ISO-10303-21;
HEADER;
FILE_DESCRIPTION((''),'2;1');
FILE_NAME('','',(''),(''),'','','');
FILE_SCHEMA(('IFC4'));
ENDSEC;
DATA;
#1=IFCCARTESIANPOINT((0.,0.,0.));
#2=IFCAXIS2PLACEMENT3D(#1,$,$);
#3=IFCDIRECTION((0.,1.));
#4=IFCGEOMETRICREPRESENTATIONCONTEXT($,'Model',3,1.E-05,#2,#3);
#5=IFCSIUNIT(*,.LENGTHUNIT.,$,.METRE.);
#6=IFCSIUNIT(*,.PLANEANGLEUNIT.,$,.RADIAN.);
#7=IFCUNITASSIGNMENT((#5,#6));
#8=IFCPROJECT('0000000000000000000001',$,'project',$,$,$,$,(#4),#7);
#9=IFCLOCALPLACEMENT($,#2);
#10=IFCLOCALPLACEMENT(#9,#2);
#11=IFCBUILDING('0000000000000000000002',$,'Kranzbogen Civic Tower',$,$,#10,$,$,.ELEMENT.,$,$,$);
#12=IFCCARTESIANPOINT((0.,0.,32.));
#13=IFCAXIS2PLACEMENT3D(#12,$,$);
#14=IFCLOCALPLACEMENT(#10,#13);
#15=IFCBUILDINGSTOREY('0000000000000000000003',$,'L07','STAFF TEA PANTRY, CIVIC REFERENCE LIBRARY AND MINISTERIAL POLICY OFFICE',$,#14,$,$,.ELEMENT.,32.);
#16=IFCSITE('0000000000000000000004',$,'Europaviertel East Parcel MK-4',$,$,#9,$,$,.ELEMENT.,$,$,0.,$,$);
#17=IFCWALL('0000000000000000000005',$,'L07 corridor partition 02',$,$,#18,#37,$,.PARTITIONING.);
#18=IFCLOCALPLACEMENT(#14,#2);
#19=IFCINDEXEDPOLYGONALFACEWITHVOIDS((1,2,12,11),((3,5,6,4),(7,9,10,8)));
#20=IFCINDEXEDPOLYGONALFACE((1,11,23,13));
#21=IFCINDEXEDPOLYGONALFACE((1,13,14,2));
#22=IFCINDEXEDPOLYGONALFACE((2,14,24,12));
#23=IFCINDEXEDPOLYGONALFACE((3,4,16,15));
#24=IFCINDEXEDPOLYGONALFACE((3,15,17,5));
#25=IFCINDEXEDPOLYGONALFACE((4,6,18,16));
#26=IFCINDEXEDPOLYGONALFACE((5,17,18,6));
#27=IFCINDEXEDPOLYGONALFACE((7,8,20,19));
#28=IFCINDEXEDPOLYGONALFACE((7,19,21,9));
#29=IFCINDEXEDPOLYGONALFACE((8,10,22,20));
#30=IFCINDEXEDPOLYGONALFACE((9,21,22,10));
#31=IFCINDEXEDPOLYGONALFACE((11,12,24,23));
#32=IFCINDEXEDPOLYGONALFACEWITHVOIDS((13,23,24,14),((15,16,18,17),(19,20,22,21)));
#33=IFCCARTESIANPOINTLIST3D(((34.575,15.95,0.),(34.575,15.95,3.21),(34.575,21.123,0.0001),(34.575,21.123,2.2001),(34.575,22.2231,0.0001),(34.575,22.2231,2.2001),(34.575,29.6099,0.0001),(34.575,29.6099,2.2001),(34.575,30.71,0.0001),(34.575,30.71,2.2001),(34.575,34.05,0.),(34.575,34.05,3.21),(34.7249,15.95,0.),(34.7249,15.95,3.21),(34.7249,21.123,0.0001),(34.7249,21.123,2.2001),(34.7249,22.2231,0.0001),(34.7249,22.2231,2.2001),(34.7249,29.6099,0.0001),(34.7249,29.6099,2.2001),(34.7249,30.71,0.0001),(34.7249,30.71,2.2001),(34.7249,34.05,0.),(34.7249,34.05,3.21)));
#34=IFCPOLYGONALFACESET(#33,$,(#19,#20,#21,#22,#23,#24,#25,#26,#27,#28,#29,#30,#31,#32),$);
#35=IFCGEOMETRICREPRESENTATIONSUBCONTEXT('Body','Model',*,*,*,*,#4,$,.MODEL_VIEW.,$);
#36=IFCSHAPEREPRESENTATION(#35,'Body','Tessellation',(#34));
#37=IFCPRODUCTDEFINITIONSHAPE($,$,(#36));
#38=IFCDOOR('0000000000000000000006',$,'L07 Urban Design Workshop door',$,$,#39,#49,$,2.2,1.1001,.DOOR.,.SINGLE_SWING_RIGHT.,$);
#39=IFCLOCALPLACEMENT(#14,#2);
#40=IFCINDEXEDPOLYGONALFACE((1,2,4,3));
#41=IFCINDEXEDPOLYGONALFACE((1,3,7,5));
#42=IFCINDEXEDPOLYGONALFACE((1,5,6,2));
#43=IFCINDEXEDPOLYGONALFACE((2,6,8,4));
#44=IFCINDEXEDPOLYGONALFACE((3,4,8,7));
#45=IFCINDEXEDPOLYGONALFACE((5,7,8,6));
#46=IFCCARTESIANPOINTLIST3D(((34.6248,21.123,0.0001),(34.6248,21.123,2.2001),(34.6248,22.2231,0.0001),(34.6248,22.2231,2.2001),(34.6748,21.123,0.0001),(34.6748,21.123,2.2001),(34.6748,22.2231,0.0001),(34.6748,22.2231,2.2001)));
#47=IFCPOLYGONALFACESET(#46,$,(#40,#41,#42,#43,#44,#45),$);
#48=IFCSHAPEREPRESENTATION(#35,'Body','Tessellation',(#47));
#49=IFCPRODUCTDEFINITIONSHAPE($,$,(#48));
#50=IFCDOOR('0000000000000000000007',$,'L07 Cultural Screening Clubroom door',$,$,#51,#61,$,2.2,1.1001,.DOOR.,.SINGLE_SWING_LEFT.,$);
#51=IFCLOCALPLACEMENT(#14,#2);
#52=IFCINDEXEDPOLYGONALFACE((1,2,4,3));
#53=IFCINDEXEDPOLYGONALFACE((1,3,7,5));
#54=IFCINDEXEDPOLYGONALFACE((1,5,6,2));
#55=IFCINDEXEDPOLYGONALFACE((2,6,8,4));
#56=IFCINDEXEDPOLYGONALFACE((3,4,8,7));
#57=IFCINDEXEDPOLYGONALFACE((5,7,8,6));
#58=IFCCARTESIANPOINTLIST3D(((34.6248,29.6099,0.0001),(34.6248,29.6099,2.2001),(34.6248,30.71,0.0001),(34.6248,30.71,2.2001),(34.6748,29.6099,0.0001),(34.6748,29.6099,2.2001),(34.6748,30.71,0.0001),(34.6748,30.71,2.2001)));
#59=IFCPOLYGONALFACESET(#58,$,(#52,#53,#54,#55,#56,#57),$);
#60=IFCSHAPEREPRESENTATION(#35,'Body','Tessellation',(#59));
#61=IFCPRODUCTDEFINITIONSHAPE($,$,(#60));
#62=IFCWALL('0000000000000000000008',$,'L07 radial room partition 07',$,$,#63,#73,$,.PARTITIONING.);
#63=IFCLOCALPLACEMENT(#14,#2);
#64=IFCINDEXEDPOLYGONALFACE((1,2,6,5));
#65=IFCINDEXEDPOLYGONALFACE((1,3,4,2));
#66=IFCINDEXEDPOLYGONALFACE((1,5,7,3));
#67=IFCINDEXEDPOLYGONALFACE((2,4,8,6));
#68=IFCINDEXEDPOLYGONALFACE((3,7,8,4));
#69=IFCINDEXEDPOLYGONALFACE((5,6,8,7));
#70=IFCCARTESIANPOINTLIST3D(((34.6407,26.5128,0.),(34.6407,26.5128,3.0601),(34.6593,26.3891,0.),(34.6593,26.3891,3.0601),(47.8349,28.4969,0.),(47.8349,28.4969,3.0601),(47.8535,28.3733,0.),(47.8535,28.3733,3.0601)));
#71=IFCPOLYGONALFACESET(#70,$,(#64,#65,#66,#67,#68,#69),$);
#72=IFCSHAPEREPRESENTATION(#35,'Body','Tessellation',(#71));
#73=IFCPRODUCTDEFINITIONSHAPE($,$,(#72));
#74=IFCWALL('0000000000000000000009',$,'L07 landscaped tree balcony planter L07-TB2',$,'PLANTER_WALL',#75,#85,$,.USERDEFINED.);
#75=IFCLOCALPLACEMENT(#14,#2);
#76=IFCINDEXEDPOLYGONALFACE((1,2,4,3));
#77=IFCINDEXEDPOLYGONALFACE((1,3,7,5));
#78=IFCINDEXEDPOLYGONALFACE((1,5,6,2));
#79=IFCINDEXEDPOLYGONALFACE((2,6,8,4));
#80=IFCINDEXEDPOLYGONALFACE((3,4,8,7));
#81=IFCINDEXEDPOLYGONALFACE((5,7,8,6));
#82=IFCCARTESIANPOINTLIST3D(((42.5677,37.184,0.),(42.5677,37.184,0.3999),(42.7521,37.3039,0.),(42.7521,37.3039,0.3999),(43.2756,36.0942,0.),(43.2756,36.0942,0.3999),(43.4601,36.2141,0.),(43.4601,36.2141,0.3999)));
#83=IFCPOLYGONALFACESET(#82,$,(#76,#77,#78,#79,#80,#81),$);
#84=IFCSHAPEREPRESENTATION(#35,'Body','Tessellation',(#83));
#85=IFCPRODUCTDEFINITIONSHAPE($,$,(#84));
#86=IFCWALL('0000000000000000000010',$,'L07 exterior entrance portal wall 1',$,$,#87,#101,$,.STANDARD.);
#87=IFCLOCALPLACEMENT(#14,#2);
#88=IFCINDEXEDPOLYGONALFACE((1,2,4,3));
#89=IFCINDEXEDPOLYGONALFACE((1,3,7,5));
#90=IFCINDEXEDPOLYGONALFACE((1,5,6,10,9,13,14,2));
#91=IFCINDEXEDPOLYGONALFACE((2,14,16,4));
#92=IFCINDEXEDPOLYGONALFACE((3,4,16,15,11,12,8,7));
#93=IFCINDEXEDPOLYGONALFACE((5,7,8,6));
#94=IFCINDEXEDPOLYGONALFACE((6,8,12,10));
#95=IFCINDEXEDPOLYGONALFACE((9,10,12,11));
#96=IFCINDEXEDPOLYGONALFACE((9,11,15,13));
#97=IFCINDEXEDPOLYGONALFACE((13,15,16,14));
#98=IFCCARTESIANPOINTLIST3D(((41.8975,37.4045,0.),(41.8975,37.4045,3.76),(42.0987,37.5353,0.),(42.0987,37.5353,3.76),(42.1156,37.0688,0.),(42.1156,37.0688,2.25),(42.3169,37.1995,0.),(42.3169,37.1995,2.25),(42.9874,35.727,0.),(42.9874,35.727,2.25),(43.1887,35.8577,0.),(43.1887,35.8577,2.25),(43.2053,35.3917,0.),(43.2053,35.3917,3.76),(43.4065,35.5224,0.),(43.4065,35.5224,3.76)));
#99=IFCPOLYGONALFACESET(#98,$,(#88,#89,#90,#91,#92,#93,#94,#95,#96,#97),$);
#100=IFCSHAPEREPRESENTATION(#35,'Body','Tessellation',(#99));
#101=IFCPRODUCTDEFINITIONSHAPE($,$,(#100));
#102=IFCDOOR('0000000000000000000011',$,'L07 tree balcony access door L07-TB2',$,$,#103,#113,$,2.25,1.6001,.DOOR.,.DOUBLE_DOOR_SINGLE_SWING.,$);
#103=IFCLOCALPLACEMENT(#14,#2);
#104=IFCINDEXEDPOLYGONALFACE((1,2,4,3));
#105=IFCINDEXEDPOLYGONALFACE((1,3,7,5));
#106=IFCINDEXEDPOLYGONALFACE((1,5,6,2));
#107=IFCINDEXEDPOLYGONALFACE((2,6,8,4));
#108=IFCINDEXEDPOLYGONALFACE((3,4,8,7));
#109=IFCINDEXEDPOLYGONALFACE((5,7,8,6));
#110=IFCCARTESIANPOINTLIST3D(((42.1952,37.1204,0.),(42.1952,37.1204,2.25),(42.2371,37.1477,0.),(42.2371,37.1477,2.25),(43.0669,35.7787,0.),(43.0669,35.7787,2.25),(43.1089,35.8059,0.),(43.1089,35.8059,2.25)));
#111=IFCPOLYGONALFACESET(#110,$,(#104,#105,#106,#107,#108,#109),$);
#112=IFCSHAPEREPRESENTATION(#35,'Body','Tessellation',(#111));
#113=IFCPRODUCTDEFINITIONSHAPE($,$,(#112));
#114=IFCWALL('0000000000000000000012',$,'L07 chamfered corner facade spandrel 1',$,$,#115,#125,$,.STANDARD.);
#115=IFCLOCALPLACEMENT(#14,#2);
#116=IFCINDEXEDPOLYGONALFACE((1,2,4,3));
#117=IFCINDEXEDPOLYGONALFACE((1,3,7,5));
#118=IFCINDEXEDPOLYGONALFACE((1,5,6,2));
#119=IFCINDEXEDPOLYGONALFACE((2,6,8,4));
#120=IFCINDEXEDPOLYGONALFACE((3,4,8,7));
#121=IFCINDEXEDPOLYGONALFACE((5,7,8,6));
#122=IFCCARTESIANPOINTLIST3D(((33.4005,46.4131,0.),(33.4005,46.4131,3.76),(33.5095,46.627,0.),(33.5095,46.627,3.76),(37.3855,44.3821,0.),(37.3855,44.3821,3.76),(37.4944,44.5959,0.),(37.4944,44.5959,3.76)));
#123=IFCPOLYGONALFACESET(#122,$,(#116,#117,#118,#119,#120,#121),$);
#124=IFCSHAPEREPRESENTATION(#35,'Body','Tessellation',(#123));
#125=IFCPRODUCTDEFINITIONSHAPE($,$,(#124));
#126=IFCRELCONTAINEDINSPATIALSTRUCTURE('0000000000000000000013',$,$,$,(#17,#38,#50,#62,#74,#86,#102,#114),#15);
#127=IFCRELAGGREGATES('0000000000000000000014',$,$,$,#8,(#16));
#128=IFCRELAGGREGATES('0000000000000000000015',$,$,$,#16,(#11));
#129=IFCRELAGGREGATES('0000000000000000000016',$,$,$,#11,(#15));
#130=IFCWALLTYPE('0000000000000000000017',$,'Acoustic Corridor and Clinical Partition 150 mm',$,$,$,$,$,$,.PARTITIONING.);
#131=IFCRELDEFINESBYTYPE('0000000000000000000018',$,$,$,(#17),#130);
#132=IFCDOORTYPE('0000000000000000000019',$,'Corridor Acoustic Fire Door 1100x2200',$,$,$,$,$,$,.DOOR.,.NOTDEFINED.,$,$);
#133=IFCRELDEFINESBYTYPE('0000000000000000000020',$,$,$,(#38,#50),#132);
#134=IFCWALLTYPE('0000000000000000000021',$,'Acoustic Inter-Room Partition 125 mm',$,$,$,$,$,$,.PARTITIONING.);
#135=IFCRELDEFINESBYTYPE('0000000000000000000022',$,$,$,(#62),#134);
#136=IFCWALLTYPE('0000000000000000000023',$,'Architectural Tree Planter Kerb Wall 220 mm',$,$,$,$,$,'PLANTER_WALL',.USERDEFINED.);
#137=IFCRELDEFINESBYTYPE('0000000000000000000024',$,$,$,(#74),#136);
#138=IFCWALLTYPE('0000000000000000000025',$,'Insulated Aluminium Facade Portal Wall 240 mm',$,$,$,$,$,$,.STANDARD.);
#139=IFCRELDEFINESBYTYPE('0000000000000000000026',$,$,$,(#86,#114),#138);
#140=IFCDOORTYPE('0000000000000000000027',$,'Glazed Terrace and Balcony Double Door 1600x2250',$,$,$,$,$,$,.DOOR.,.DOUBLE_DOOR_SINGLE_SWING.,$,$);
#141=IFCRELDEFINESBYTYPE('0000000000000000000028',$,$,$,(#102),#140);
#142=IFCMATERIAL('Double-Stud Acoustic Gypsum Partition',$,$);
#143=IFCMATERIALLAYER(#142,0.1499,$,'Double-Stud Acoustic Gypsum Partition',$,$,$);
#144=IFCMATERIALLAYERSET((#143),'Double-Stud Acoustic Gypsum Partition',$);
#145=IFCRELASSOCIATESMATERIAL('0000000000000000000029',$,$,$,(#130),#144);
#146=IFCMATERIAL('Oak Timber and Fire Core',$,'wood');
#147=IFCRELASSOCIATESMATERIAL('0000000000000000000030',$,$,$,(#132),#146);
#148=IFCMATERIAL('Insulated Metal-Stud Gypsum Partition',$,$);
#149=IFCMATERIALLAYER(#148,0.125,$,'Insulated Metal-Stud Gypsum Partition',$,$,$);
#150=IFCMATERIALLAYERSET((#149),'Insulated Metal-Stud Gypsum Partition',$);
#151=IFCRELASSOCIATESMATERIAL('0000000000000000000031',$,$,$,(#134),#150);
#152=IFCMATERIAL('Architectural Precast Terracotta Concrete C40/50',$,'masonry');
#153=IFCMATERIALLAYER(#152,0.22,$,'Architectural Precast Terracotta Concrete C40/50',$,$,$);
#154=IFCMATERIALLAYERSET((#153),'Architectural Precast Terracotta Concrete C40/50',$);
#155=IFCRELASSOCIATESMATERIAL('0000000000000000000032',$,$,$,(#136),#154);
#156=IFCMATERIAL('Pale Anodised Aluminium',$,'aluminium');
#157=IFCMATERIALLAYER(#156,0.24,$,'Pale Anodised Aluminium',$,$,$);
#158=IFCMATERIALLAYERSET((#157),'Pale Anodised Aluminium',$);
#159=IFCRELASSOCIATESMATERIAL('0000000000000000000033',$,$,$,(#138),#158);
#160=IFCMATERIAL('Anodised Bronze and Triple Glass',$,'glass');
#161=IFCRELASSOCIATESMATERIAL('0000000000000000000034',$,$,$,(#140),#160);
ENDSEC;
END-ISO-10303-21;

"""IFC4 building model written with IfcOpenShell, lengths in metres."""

from ifc_helpers import new_model, si_unit, direction, frame, frame_2d, origin, place, context, subcontext, project, spatial, rectangle, extrude, material, layer, layer_set, type_object, element, fill, save


model = new_model("IFC4")

# Units and contexts
model_context = context("Model", 3, precision=1e-05, world=origin(), true_north=direction((0.0, 1.0)))
body_context = subcontext(model_context, "Body", "Model", "MODEL_VIEW")
ifc_project = project(units=[si_unit("LENGTHUNIT", "METRE"), si_unit("PLANEANGLEUNIT", "RADIAN")], contexts=[model_context])

# Site, building, storey
site_placement = place(None, origin())
site = spatial("IfcSite", under=ifc_project, at=site_placement, Name="Europaviertel East Parcel MK-4", CompositionType="ELEMENT", RefElevation=0.0)
building_placement = place(site_placement, origin())
building = spatial("IfcBuilding", under=site, at=building_placement, Name="Kranzbogen Civic Tower", CompositionType="ELEMENT")
storey_placement = place(building_placement, frame((0.0, 0.0, 32.0)))
storey = spatial("IfcBuildingStorey", under=building, at=storey_placement, Name="L07", Description="STAFF TEA PANTRY, CIVIC REFERENCE LIBRARY AND MINISTERIAL POLICY OFFICE", CompositionType="ELEMENT", Elevation=32.0)

# Shared definitions
ifc_material_1 = material(Name="Pale Anodised Aluminium", Category="aluminium")

# Wall, openings, doors
ifc_material_2 = material(Name="Double-Stud Acoustic Gypsum Partition")
ifc_layer_1 = layer(ifc_material_2, 0.1499, Name="Double-Stud Acoustic Gypsum Partition")
ifc_layer_set_1 = layer_set([ifc_layer_1], Name="Double-Stud Acoustic Gypsum Partition")
wall_type_1 = type_object("IfcWallType", Name="Acoustic Corridor and Clinical Partition 150 mm", PredefinedType="PARTITIONING", material=ifc_layer_set_1)
wall_1_placement = place(storey_placement, frame((34.6499, 34.05, 0.0), z_axis=(0.0, 0.0, 1.0), x_axis=(0.0, -1.0, 0.0)))
wall_1 = element("IfcWall", 1, at=wall_1_placement, inside=storey, type_object=wall_type_1, Name="L07 corridor partition 02", PredefinedType="PARTITIONING", context=body_context, shape_type="SweptSolid", body=[
    extrude(rectangle(XDim=18.1001, YDim=0.1499, at=frame_2d((9.05, 0.0))), origin(), (0.0, 0.0, 1.0), 3.21),
])
opening_1_placement = place(wall_1_placement, frame((11.8269, 0.0, 0.0)))
opening_1 = element("IfcOpeningElement", 2, at=opening_1_placement, cuts=wall_1, PredefinedType="OPENING", context=body_context, shape_type="SweptSolid", body=[
    extrude(rectangle(XDim=1.1001, YDim=2.2, at=frame_2d((0.55, 1.1001))), frame((0.0, 0.085, 0.0), z_axis=(0.0, -1.0, 0.0), x_axis=(1.0, 0.0, 0.0)), (0.0, 0.0, 1.0), 0.1699),
])
opening_2_placement = place(wall_1_placement, frame((3.3401, 0.0, 0.0)))
opening_2 = element("IfcOpeningElement", 3, at=opening_2_placement, cuts=wall_1, PredefinedType="OPENING", context=body_context, shape_type="SweptSolid", body=[
    extrude(rectangle(XDim=1.1001, YDim=2.2, at=frame_2d((0.55, 1.1001))), frame((0.0, 0.085, 0.0), z_axis=(0.0, -1.0, 0.0), x_axis=(1.0, 0.0, 0.0)), (0.0, 0.0, 1.0), 0.1699),
])
ifc_material_3 = material(Name="Oak Timber and Fire Core", Category="wood")
door_type_1 = type_object("IfcDoorType", Name="Corridor Acoustic Fire Door 1100x2200", OperationType="NOTDEFINED", PredefinedType="DOOR", material=ifc_material_3)
door_1_placement = place(opening_1_placement, origin())
door_1 = element("IfcDoor", 4, at=door_1_placement, inside=storey, type_object=door_type_1, Name="L07 Urban Design Workshop door", OperationType="SINGLE_SWING_RIGHT", OverallHeight=2.2, OverallWidth=1.1001, PredefinedType="DOOR", context=body_context, shape_type="SweptSolid", body=[
    extrude(rectangle(XDim=1.1001, YDim=2.2, at=frame_2d((0.55, 1.1001))), frame((0.0, 0.0249, 0.0), z_axis=(0.0, -1.0, 0.0), x_axis=(1.0, 0.0, 0.0)), (0.0, 0.0, 1.0), 0.05),
])
fill(opening_1, door_1)
door_2_placement = place(opening_2_placement, origin())
door_2 = element("IfcDoor", 5, at=door_2_placement, inside=storey, type_object=door_type_1, Name="L07 Cultural Screening Clubroom door", OperationType="SINGLE_SWING_LEFT", OverallHeight=2.2, OverallWidth=1.1001, PredefinedType="DOOR", context=body_context, shape_type="SweptSolid", body=[
    extrude(rectangle(XDim=1.1001, YDim=2.2, at=frame_2d((0.55, 1.1001))), frame((0.0, 0.0249, 0.0), z_axis=(0.0, -1.0, 0.0), x_axis=(1.0, 0.0, 0.0)), (0.0, 0.0, 1.0), 0.05),
])
fill(opening_2, door_2)

# Walls
ifc_material_4 = material(Name="Insulated Metal-Stud Gypsum Partition")
ifc_layer_2 = layer(ifc_material_4, 0.125, Name="Insulated Metal-Stud Gypsum Partition")
ifc_layer_set_2 = layer_set([ifc_layer_2], Name="Insulated Metal-Stud Gypsum Partition")
wall_type_2 = type_object("IfcWallType", Name="Acoustic Inter-Room Partition 125 mm", PredefinedType="PARTITIONING", material=ifc_layer_set_2)
wall_2_placement = place(storey_placement, frame((34.6499, 26.4509, 0.0), z_axis=(0.0, 0.0, 1.0), x_axis=(0.988881, 0.148708, 0.0)))
element("IfcWall", 6, at=wall_2_placement, inside=storey, type_object=wall_type_2, Name="L07 radial room partition 07", PredefinedType="PARTITIONING", context=body_context, shape_type="SweptSolid", body=[
    extrude(rectangle(XDim=13.3425, YDim=0.125, at=frame_2d((6.6714, 0.0))), origin(), (0.0, 0.0, 1.0), 3.0601),
])
ifc_material_5 = material(Name="Architectural Precast Terracotta Concrete C40/50", Category="masonry")
ifc_layer_3 = layer(ifc_material_5, 0.22, Name="Architectural Precast Terracotta Concrete C40/50")
ifc_layer_set_3 = layer_set([ifc_layer_3], Name="Architectural Precast Terracotta Concrete C40/50")
wall_type_3 = type_object("IfcWallType", Name="Architectural Tree Planter Kerb Wall 220 mm", ElementType="PLANTER_WALL", PredefinedType="USERDEFINED", material=ifc_layer_set_3)
wall_3_placement = place(storey_placement, frame((43.3679, 36.1541, 0.0), z_axis=(0.0, 0.0, 1.0), x_axis=(-0.544777, 0.838581, 0.0)))
element("IfcWall", 7, at=wall_3_placement, inside=storey, type_object=wall_type_3, Name="L07 landscaped tree balcony planter L07-TB2", ObjectType="PLANTER_WALL", PredefinedType="USERDEFINED", context=body_context, shape_type="SweptSolid", body=[
    extrude(rectangle(XDim=1.2996, YDim=0.22, at=frame_2d((0.6499, 0.0))), origin(), (0.0, 0.0, 1.0), 0.3999),
])

# Wall, opening, door
ifc_layer_4 = layer(ifc_material_1, 0.24, Name="Pale Anodised Aluminium")
ifc_layer_set_4 = layer_set([ifc_layer_4], Name="Pale Anodised Aluminium")
wall_type_4 = type_object("IfcWallType", Name="Insulated Aluminium Facade Portal Wall 240 mm", PredefinedType="STANDARD", material=ifc_layer_set_4)
wall_4_placement = place(storey_placement, frame((43.3059, 35.457, 0.0), z_axis=(0.0, 0.0, 1.0), x_axis=(-0.544827, 0.838548, 0.0)))
wall_4 = element("IfcWall", 8, at=wall_4_placement, inside=storey, type_object=wall_type_4, Name="L07 exterior entrance portal wall 1", PredefinedType="STANDARD", context=body_context, shape_type="SweptSolid", body=[
    extrude(rectangle(XDim=2.4004, YDim=0.24, at=frame_2d((1.2002, 0.0))), origin(), (0.0, 0.0, 1.0), 3.76),
])
opening_3_placement = place(wall_4_placement, frame((0.3999, 0.0, 0.0)))
opening_3 = element("IfcOpeningElement", 9, at=opening_3_placement, cuts=wall_4, PredefinedType="OPENING", context=body_context, shape_type="SweptSolid", body=[
    extrude(rectangle(XDim=1.6001, YDim=2.25, at=frame_2d((0.8, 1.125))), frame((0.0, 0.1299, 0.0), z_axis=(0.0, -1.0, 0.0), x_axis=(1.0, 0.0, 0.0)), (0.0, 0.0, 1.0), 0.26),
])
ifc_material_6 = material(Name="Anodised Bronze and Triple Glass", Category="glass")
door_type_2 = type_object("IfcDoorType", Name="Glazed Terrace and Balcony Double Door 1600x2250", OperationType="DOUBLE_DOOR_SINGLE_SWING", PredefinedType="DOOR", material=ifc_material_6)
door_3_placement = place(opening_3_placement, frame((1.6001, 0.0, 0.0), z_axis=(0.0, 0.0, 1.0), x_axis=(-1.0, 0.0, 0.0)))
door_3 = element("IfcDoor", 10, at=door_3_placement, inside=storey, type_object=door_type_2, Name="L07 tree balcony access door L07-TB2", OperationType="DOUBLE_DOOR_SINGLE_SWING", OverallHeight=2.25, OverallWidth=1.6001, PredefinedType="DOOR", context=body_context, shape_type="SweptSolid", body=[
    extrude(rectangle(XDim=1.6001, YDim=2.25, at=frame_2d((0.8, 1.125))), frame((0.0, 0.0249, 0.0), z_axis=(0.0, -1.0, 0.0), x_axis=(1.0, 0.0, 0.0)), (0.0, 0.0, 1.0), 0.05),
])
fill(opening_3, door_3)

# Wall
wall_5_placement = place(storey_placement, frame((37.4399, 44.489, 0.0), z_axis=(0.0, 0.0, 1.0), x_axis=(-0.890951, 0.4541, 0.0)))
element("IfcWall", 11, at=wall_5_placement, inside=storey, type_object=wall_type_4, Name="L07 chamfered corner facade spandrel 1", PredefinedType="STANDARD", context=body_context, shape_type="SweptSolid", body=[
    extrude(rectangle(XDim=4.4727, YDim=0.24, at=frame_2d((2.2363, 0.0))), origin(), (0.0, 0.0, 1.0), 3.76),
])

save(model, "model.ifc")
